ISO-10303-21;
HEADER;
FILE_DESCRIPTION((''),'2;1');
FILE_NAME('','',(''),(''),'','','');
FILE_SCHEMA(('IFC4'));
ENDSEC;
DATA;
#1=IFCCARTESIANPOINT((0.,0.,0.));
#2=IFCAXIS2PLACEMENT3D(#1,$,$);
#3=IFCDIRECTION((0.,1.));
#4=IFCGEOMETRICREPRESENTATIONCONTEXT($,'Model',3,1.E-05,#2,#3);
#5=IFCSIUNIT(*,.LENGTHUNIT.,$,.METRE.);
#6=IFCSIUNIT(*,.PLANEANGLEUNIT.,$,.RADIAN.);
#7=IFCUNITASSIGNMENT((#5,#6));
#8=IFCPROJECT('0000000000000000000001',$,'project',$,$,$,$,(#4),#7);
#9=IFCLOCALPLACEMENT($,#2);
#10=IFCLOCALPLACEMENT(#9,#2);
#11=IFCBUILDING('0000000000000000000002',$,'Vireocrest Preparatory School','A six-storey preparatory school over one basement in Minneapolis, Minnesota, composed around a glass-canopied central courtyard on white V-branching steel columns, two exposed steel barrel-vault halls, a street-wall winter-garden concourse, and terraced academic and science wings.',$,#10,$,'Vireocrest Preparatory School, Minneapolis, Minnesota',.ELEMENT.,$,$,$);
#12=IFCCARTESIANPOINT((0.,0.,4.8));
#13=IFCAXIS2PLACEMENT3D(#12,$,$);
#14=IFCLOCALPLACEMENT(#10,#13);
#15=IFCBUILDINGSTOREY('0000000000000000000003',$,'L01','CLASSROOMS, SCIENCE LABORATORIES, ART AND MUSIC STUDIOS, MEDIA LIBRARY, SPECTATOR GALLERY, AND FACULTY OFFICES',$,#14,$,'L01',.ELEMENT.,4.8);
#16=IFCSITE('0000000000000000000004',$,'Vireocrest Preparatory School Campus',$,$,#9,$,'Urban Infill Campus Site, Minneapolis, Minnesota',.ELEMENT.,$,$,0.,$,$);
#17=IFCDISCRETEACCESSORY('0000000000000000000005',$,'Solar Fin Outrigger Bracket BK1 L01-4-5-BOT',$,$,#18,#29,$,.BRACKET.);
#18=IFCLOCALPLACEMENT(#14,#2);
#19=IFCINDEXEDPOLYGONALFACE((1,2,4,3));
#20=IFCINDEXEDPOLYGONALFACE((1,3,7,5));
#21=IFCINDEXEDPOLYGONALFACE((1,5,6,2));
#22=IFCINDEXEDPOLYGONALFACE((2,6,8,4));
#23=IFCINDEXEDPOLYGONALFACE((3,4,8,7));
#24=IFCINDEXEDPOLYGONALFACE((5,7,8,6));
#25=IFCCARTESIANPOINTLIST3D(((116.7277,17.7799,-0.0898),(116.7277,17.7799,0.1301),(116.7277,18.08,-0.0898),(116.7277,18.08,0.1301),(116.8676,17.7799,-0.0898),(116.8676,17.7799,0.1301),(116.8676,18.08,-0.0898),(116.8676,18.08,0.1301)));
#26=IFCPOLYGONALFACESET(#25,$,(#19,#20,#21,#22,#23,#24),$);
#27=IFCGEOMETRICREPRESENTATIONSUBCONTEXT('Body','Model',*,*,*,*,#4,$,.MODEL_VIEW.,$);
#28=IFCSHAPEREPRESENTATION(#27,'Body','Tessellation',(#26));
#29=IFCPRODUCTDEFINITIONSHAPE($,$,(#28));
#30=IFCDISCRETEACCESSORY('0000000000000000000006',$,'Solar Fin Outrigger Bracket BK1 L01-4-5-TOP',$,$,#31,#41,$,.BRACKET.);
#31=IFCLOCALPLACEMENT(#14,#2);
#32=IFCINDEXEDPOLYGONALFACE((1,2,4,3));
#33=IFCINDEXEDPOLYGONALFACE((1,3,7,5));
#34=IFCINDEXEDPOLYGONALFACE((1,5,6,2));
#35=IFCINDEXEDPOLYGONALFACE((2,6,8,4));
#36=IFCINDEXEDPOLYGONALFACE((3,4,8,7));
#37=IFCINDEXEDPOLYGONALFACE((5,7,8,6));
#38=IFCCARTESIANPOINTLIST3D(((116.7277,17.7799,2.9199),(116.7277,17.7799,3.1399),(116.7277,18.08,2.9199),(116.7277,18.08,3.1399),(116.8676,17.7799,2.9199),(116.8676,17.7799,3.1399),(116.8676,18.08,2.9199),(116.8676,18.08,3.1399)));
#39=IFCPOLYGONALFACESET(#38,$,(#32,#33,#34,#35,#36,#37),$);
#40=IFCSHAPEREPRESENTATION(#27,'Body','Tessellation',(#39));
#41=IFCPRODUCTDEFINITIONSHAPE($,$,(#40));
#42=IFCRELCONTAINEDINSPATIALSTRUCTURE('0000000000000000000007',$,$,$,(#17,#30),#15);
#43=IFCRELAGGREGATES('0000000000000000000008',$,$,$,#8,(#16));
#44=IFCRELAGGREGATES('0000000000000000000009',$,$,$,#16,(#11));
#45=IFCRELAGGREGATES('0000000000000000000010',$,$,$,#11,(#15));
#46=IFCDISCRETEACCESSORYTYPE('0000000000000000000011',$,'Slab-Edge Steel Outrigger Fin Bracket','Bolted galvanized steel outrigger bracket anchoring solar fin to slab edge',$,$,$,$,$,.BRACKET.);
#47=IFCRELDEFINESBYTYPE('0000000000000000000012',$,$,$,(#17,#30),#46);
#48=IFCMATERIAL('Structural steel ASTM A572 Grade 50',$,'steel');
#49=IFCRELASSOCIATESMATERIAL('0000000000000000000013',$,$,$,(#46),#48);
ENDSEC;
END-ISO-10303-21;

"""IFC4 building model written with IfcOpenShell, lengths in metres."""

from ifc_helpers import new_model, si_unit, direction, frame, origin, origin_2d, place, context, subcontext, project, spatial, rectangle, extrude, material, type_object, element, save


model = new_model("IFC4")

# Units and contexts
model_context = context("Model", 3, precision=1e-05, world=origin(), true_north=direction((0.0, 1.0)))
body_context = subcontext(model_context, "Body", "Model", "MODEL_VIEW")
ifc_project = project(units=[si_unit("LENGTHUNIT", "METRE"), si_unit("PLANEANGLEUNIT", "RADIAN")], contexts=[model_context])

# Site, building, storey
site_placement = place(None, origin())
site = spatial("IfcSite", under=ifc_project, at=site_placement, Name="Vireocrest Preparatory School Campus", LongName="Urban Infill Campus Site, Minneapolis, Minnesota", CompositionType="ELEMENT", RefElevation=0.0)
building_placement = place(site_placement, origin())
building = spatial("IfcBuilding", under=site, at=building_placement, Name="Vireocrest Preparatory School", Description="A six-storey preparatory school over one basement in Minneapolis, Minnesota, composed around a glass-canopied central courtyard on white V-branching steel columns, two exposed steel barrel-vault halls, a street-wall winter-garden concourse, and terraced academic and science wings.", LongName="Vireocrest Preparatory School, Minneapolis, Minnesota", CompositionType="ELEMENT")
storey_placement = place(building_placement, frame((0.0, 0.0, 4.8)))
storey = spatial("IfcBuildingStorey", under=building, at=storey_placement, Name="L01", Description="CLASSROOMS, SCIENCE LABORATORIES, ART AND MUSIC STUDIOS, MEDIA LIBRARY, SPECTATOR GALLERY, AND FACULTY OFFICES", LongName="L01", CompositionType="ELEMENT", Elevation=4.8)

# Discrete accessories
ifc_material_1 = material(Name="Structural steel ASTM A572 Grade 50", Category="steel")
discrete_accessory_type = type_object("IfcDiscreteAccessoryType", Name="Slab-Edge Steel Outrigger Fin Bracket", Description="Bolted galvanized steel outrigger bracket anchoring solar fin to slab edge", PredefinedType="BRACKET", material=ifc_material_1)
for number, where, z_axis, x_axis, name in (
    (1, (116.7976, 17.9299, -0.0898), (0.0, 0.0, 1.0), (-1.0, 0.0, 0.0), "Solar Fin Outrigger Bracket BK1 L01-4-5-BOT"),
    (2, (116.7976, 17.9299, 2.9199), (0.0, 0.0, 1.0), (-1.0, 0.0, 0.0), "Solar Fin Outrigger Bracket BK1 L01-4-5-TOP"),
):
    element("IfcDiscreteAccessory", number, at=place(storey_placement, frame(where, z_axis=z_axis, x_axis=x_axis)), inside=storey, type_object=discrete_accessory_type, Name=name, PredefinedType="BRACKET", context=body_context, shape_type="SweptSolid", body=[
        extrude(rectangle(XDim=0.1399, YDim=0.3, at=origin_2d()), origin(), (0.0, 0.0, 1.0), 0.22),
    ])

save(model, "model.ifc")
